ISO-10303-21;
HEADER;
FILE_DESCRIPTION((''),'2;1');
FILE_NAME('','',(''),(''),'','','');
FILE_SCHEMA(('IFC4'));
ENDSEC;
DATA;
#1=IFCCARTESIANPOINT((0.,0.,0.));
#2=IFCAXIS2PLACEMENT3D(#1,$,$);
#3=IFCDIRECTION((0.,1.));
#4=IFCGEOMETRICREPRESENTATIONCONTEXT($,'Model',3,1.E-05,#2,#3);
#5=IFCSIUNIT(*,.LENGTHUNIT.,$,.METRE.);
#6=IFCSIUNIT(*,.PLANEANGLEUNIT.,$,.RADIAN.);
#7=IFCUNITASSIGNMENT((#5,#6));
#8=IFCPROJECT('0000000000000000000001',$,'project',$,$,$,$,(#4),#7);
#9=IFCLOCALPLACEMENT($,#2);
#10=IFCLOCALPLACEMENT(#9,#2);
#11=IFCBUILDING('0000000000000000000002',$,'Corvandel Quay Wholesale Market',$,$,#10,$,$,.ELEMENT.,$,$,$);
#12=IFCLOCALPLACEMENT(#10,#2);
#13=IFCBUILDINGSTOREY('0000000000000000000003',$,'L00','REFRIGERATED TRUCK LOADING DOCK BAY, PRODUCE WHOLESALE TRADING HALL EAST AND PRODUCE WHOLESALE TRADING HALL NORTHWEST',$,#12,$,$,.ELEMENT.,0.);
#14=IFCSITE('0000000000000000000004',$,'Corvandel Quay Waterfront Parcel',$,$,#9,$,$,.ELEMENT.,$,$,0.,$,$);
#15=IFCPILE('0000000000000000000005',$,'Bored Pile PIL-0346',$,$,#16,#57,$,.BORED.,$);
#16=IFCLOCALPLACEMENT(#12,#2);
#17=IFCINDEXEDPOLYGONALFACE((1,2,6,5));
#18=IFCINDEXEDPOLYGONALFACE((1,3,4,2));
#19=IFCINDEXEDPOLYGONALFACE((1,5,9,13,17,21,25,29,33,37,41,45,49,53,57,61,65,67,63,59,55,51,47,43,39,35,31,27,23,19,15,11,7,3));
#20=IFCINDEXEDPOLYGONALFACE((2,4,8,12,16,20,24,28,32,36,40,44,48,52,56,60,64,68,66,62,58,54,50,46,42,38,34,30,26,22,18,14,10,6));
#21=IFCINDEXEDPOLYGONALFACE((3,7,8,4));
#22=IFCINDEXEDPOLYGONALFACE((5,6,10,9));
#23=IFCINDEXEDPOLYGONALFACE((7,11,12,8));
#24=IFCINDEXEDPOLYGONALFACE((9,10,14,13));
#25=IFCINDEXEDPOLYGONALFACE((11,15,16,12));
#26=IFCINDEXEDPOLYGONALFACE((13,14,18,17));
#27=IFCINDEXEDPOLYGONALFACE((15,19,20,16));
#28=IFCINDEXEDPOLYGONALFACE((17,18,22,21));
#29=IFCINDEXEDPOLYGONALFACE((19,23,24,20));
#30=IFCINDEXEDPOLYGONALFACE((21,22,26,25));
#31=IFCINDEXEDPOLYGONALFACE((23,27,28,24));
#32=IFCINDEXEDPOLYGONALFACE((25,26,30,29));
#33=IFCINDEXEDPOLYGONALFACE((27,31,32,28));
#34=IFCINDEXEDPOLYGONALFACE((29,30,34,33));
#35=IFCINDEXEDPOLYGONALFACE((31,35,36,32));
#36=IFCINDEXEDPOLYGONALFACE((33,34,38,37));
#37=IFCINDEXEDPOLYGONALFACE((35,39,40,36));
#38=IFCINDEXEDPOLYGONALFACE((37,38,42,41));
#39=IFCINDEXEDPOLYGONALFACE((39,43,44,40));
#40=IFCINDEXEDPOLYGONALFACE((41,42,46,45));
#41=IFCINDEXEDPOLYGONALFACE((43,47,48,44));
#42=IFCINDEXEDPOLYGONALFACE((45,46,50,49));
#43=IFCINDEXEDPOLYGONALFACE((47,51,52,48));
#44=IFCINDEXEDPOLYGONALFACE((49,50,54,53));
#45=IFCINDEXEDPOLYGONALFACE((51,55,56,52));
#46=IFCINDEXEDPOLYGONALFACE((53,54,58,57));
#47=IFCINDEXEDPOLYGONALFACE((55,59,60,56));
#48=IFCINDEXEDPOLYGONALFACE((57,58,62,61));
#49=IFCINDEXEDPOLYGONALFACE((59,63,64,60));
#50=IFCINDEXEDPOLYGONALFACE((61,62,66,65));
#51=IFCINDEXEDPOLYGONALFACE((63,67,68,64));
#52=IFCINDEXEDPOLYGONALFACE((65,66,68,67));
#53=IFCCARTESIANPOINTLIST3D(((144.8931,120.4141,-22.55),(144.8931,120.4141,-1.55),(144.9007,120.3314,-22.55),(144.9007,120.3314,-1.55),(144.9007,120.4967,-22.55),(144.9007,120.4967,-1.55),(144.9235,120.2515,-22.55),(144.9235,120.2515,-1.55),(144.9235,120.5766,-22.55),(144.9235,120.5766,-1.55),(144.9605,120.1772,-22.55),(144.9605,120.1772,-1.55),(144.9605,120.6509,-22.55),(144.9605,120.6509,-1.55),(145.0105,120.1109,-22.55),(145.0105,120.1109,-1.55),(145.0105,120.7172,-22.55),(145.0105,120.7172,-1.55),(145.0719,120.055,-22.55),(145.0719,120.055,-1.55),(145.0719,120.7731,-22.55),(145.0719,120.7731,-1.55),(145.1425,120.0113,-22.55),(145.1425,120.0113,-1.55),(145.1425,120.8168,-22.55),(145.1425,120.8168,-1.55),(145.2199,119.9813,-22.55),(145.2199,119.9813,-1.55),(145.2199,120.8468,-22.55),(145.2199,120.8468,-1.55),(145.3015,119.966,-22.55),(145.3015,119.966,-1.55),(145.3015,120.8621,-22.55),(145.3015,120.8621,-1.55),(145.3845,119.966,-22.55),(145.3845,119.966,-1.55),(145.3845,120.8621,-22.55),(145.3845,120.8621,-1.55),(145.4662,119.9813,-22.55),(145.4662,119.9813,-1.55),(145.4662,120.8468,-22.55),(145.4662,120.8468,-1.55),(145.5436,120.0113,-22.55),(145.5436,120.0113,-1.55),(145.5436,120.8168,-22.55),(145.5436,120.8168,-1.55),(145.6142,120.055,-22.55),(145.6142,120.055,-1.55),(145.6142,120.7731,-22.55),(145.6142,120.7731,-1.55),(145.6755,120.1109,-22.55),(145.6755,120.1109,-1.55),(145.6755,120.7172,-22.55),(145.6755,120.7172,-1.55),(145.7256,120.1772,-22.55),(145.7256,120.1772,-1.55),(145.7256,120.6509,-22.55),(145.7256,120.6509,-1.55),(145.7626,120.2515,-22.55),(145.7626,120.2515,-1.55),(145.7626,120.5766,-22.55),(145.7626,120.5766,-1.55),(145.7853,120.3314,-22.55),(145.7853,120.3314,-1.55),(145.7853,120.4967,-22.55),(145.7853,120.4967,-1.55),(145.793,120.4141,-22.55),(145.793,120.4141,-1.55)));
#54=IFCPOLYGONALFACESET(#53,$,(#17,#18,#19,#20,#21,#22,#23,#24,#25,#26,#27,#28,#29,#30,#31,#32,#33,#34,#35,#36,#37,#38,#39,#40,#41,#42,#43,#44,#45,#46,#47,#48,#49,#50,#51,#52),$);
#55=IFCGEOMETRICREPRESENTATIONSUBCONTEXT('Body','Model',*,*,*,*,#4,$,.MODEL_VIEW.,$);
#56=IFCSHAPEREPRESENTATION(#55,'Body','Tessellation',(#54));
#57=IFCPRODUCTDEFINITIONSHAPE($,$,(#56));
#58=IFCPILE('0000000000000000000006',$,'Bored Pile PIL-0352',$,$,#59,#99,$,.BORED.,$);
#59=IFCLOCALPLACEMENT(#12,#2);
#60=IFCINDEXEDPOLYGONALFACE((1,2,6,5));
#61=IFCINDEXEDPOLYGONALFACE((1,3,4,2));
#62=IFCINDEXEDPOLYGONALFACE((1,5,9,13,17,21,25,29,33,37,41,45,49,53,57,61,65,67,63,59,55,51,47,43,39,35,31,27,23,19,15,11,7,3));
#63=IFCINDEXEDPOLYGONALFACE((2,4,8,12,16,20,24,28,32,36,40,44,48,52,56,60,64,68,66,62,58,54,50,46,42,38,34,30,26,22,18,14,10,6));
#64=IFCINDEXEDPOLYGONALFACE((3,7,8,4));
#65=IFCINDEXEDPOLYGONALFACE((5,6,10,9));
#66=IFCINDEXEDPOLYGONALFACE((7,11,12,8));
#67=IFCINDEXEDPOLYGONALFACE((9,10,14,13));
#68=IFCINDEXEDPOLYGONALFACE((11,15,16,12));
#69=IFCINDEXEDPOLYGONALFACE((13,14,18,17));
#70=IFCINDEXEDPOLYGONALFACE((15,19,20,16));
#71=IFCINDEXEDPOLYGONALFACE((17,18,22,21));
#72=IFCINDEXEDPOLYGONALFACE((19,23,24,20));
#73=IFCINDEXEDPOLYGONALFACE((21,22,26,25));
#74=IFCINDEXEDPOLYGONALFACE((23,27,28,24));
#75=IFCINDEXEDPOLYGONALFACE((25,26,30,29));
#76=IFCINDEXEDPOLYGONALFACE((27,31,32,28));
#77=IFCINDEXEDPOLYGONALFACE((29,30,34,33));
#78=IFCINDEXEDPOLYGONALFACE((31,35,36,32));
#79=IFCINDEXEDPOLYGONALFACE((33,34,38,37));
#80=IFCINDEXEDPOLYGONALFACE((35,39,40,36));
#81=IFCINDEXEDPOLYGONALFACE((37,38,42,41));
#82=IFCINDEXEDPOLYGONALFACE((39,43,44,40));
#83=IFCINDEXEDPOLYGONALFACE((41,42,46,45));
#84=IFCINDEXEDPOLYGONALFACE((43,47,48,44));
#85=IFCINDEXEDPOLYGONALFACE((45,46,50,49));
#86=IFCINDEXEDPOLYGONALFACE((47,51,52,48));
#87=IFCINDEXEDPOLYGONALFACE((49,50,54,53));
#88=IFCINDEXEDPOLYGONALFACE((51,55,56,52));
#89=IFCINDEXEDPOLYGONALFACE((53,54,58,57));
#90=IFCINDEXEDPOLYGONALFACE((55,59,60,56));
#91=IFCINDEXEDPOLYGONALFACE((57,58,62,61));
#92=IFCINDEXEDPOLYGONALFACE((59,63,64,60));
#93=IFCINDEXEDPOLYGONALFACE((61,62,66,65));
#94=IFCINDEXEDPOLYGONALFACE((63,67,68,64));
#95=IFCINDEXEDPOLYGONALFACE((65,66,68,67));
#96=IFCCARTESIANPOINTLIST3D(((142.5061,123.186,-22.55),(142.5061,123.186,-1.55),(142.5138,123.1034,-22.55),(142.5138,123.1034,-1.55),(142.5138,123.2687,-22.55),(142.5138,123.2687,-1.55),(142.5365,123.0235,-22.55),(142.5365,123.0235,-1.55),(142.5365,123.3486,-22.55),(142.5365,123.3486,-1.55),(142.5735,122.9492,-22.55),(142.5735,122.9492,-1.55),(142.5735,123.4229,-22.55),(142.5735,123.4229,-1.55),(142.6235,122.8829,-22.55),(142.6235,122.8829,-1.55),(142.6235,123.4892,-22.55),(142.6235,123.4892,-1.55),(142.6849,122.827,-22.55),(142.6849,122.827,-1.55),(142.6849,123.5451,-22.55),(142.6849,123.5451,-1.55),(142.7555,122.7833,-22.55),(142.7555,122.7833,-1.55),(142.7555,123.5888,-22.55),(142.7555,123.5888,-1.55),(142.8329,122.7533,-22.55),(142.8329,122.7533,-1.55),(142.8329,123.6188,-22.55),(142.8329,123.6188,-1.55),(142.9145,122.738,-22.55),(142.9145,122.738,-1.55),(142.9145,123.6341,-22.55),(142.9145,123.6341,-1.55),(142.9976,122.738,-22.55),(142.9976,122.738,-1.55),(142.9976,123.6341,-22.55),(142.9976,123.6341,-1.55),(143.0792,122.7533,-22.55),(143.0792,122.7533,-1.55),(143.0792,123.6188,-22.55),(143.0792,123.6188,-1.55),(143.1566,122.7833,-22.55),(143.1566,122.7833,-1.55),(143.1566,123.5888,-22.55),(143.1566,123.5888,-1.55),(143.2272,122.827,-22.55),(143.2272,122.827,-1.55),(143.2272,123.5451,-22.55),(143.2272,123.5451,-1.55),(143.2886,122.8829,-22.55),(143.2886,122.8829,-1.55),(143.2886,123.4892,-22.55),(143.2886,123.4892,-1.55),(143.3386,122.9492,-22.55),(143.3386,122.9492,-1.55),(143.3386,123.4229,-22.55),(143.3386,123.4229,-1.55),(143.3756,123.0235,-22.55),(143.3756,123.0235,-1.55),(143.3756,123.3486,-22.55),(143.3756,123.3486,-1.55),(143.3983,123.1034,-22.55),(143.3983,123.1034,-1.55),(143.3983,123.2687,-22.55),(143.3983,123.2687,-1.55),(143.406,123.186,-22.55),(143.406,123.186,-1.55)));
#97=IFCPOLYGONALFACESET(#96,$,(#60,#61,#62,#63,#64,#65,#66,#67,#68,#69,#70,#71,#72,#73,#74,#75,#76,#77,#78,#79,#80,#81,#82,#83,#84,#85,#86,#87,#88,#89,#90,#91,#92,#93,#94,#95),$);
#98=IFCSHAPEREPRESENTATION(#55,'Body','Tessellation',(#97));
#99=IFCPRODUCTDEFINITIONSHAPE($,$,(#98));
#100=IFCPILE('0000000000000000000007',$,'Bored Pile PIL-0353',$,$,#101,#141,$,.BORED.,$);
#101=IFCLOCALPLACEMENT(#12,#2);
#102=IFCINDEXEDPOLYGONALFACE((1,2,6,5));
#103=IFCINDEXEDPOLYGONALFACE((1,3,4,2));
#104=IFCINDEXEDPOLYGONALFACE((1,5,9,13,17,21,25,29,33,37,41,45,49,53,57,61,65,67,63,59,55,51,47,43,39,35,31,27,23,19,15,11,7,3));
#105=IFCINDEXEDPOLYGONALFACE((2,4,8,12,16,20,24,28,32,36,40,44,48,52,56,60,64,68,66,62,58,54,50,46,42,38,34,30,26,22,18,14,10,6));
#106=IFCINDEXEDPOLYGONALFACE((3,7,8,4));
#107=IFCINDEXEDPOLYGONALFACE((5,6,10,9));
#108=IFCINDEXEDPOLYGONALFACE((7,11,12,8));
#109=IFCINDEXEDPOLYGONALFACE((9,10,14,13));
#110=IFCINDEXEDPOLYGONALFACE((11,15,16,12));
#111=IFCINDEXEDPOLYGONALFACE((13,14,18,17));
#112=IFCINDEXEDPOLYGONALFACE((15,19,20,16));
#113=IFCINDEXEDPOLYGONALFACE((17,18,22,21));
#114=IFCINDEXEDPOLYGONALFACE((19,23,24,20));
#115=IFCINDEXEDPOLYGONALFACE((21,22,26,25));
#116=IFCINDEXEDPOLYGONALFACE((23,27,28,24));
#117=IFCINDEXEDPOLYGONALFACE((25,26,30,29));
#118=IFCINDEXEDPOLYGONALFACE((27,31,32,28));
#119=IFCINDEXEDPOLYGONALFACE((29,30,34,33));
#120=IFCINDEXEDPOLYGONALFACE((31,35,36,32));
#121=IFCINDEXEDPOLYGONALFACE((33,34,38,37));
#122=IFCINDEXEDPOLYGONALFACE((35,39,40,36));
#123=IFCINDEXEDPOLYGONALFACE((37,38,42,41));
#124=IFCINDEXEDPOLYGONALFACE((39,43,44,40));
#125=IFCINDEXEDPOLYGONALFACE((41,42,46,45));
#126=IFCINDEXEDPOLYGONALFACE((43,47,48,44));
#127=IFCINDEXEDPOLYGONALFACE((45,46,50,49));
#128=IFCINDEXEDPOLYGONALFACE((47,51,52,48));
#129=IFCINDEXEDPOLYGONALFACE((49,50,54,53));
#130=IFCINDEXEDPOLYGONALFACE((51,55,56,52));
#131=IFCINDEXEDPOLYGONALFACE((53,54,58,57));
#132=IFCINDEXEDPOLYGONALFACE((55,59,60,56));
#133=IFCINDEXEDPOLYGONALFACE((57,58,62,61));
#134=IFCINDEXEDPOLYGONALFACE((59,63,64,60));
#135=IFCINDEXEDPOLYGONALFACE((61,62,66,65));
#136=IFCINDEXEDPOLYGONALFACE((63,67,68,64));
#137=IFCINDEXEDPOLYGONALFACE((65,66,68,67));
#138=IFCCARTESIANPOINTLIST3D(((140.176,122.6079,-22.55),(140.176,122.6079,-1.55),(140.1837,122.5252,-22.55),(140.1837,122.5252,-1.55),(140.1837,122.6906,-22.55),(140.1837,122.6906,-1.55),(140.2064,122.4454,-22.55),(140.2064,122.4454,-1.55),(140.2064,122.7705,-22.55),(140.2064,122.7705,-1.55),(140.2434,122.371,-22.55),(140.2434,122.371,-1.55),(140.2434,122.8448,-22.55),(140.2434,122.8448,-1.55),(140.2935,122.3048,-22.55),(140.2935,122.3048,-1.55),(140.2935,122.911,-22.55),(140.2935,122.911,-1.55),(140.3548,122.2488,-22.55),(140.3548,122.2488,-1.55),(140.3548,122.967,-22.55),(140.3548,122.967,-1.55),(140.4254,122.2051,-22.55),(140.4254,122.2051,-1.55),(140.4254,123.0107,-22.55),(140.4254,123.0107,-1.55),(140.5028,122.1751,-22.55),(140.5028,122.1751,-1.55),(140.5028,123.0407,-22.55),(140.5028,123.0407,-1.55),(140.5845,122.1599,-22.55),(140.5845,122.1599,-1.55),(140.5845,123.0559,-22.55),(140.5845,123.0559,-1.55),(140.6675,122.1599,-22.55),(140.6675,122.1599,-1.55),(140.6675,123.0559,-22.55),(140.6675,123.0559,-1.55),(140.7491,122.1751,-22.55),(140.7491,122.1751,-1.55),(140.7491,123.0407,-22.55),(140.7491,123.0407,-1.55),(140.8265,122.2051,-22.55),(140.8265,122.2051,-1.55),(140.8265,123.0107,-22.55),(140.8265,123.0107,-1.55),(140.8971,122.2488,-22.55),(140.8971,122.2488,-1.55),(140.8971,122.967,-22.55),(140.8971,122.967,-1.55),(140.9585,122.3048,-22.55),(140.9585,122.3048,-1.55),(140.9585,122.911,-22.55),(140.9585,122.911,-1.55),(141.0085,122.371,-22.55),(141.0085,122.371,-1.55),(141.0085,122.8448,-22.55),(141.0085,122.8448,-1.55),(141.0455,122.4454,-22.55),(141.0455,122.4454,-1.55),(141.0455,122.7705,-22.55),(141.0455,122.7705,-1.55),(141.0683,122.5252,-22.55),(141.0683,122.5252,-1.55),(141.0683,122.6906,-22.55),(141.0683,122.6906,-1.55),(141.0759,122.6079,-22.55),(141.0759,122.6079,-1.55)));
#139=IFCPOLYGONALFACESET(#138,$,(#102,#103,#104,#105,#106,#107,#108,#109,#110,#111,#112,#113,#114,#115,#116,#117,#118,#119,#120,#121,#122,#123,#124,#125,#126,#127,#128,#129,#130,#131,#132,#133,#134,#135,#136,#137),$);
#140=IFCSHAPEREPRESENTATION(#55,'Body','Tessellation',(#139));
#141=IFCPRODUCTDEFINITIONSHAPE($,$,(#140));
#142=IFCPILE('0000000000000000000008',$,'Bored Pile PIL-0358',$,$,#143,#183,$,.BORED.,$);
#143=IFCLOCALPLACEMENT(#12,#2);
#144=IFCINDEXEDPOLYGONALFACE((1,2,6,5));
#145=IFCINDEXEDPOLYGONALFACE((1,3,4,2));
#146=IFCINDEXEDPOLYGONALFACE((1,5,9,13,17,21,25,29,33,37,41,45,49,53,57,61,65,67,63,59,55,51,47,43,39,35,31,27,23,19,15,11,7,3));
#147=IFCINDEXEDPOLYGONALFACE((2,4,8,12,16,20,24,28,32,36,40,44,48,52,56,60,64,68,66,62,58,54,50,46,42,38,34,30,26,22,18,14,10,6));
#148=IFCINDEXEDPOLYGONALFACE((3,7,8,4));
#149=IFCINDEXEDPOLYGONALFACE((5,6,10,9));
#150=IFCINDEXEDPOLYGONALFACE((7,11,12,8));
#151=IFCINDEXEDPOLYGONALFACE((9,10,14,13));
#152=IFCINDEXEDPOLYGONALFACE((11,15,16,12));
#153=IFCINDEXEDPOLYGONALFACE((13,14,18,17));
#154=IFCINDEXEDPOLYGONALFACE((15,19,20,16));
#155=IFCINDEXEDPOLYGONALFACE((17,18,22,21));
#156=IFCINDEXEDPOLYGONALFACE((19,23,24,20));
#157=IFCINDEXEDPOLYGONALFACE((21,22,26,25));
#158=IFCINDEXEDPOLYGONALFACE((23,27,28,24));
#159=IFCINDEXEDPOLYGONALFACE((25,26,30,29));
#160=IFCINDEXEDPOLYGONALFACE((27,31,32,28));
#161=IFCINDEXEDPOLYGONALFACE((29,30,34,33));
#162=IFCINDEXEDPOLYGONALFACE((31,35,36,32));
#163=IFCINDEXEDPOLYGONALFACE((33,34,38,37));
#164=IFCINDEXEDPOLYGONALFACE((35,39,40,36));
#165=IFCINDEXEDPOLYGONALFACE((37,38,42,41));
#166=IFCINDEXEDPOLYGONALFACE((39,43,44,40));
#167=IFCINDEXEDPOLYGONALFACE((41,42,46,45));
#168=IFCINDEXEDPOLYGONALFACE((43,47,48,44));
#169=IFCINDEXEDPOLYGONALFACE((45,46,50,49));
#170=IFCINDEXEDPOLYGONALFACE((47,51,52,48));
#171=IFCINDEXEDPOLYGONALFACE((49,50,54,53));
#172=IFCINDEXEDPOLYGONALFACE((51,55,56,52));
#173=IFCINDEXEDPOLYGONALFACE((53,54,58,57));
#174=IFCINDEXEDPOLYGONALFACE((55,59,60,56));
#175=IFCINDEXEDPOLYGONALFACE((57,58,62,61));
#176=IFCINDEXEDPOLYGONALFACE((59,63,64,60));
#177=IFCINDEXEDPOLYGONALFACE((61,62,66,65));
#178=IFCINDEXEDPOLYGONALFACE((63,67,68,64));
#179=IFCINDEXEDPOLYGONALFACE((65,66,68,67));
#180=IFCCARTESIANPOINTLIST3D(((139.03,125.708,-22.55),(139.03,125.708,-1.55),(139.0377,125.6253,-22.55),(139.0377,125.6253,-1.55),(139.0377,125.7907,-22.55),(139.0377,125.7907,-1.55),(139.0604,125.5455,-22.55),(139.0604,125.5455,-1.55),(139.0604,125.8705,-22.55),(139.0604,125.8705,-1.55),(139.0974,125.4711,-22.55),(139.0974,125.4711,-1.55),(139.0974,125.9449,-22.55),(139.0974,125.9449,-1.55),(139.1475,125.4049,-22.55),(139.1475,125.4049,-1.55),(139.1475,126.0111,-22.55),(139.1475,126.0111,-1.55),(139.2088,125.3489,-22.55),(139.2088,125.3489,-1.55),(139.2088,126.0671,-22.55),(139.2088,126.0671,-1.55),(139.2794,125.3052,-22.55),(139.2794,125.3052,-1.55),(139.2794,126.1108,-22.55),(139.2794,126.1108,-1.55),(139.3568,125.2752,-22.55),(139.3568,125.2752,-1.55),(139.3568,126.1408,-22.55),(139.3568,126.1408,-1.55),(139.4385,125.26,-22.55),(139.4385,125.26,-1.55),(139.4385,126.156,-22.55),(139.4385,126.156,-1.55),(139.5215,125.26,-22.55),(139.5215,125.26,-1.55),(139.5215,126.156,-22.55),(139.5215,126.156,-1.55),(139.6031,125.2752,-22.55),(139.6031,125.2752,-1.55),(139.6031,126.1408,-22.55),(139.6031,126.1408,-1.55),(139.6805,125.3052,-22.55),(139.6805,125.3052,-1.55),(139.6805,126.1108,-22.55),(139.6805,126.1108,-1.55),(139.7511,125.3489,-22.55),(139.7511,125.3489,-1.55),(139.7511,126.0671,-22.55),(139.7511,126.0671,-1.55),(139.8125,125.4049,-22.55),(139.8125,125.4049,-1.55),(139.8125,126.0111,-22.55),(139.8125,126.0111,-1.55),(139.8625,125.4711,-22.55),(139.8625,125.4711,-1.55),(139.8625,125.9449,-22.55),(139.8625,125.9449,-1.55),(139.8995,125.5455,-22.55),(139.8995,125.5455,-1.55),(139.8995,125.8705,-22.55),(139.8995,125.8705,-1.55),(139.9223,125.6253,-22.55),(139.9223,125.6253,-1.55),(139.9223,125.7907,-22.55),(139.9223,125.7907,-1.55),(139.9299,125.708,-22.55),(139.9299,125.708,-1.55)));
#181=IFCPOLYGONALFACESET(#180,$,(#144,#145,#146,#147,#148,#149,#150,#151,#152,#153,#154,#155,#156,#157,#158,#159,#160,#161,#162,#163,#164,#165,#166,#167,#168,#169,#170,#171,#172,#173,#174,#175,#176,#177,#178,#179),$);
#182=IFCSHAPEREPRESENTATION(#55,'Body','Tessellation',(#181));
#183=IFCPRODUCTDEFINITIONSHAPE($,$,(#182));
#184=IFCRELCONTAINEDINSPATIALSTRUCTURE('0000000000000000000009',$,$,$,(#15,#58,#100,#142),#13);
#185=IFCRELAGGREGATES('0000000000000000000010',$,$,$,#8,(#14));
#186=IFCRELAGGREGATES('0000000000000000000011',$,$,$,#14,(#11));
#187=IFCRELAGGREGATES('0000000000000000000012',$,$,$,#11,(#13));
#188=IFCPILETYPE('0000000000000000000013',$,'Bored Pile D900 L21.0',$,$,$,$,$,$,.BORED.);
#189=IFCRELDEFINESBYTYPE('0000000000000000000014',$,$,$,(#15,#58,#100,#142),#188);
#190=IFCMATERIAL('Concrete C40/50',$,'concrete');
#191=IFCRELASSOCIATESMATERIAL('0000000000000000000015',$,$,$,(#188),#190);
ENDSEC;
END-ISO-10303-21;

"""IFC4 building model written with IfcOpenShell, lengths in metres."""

from ifc_helpers import new_model, si_unit, direction, frame, origin, origin_2d, place, context, subcontext, project, spatial, circle, extrude, material, material_profile, profile_set, type_object, element, save


model = new_model("IFC4")

# Units and contexts
model_context = context("Model", 3, precision=1e-05, world=origin(), true_north=direction((0.0, 1.0)))
body_context = subcontext(model_context, "Body", "Model", "MODEL_VIEW")
ifc_project = project(units=[si_unit("LENGTHUNIT", "METRE"), si_unit("PLANEANGLEUNIT", "RADIAN")], contexts=[model_context])

# Site, building, storey
site_placement = place(None, origin())
site = spatial("IfcSite", under=ifc_project, at=site_placement, Name="Corvandel Quay Waterfront Parcel", CompositionType="ELEMENT", RefElevation=0.0)
building_placement = place(site_placement, origin())
building = spatial("IfcBuilding", under=site, at=building_placement, Name="Corvandel Quay Wholesale Market", CompositionType="ELEMENT")
storey_placement = place(building_placement, origin())
storey = spatial("IfcBuildingStorey", under=building, at=storey_placement, Name="L00", Description="REFRIGERATED TRUCK LOADING DOCK BAY, PRODUCE WHOLESALE TRADING HALL EAST AND PRODUCE WHOLESALE TRADING HALL NORTHWEST", CompositionType="ELEMENT", Elevation=0.0)

# Piles
ifc_material_1 = material(Name="Concrete C40/50", Category="concrete")
ifc_material_profile_1 = material_profile(ifc_material_1, circle(Radius=0.45, at=origin_2d()), Name="RC-PILE-D900")
ifc_profile_set_1 = profile_set([ifc_material_profile_1], Name="Concrete C40/50")
pile_type = type_object("IfcPileType", Name="Bored Pile D900 L21.0", PredefinedType="BORED", material=ifc_profile_set_1)
for number, where, z_axis, x_axis, name in (
    (1, (145.343, 120.4141, -1.55), (0.0, 0.0, -1.0), (1.0, 0.0, 0.0), "Bored Pile PIL-0346"),
    (2, (142.9561, 123.186, -1.55), (0.0, 0.0, -1.0), (1.0, 0.0, 0.0), "Bored Pile PIL-0352"),
    (3, (140.626, 122.6079, -1.55), (0.0, 0.0, -1.0), (1.0, 0.0, 0.0), "Bored Pile PIL-0353"),
    (4, (139.48, 125.708, -1.55), (0.0, 0.0, -1.0), (1.0, 0.0, 0.0), "Bored Pile PIL-0358"),
):
    element("IfcPile", number, at=place(storey_placement, frame(where, z_axis=z_axis, x_axis=x_axis)), inside=storey, type_object=pile_type, Name=name, PredefinedType="BORED", context=body_context, shape_type="SweptSolid", body=[
        extrude(circle(Radius=0.45, at=origin_2d()), origin(), (0.0, 0.0, 1.0), 21.0),
    ])

save(model, "model.ifc")
